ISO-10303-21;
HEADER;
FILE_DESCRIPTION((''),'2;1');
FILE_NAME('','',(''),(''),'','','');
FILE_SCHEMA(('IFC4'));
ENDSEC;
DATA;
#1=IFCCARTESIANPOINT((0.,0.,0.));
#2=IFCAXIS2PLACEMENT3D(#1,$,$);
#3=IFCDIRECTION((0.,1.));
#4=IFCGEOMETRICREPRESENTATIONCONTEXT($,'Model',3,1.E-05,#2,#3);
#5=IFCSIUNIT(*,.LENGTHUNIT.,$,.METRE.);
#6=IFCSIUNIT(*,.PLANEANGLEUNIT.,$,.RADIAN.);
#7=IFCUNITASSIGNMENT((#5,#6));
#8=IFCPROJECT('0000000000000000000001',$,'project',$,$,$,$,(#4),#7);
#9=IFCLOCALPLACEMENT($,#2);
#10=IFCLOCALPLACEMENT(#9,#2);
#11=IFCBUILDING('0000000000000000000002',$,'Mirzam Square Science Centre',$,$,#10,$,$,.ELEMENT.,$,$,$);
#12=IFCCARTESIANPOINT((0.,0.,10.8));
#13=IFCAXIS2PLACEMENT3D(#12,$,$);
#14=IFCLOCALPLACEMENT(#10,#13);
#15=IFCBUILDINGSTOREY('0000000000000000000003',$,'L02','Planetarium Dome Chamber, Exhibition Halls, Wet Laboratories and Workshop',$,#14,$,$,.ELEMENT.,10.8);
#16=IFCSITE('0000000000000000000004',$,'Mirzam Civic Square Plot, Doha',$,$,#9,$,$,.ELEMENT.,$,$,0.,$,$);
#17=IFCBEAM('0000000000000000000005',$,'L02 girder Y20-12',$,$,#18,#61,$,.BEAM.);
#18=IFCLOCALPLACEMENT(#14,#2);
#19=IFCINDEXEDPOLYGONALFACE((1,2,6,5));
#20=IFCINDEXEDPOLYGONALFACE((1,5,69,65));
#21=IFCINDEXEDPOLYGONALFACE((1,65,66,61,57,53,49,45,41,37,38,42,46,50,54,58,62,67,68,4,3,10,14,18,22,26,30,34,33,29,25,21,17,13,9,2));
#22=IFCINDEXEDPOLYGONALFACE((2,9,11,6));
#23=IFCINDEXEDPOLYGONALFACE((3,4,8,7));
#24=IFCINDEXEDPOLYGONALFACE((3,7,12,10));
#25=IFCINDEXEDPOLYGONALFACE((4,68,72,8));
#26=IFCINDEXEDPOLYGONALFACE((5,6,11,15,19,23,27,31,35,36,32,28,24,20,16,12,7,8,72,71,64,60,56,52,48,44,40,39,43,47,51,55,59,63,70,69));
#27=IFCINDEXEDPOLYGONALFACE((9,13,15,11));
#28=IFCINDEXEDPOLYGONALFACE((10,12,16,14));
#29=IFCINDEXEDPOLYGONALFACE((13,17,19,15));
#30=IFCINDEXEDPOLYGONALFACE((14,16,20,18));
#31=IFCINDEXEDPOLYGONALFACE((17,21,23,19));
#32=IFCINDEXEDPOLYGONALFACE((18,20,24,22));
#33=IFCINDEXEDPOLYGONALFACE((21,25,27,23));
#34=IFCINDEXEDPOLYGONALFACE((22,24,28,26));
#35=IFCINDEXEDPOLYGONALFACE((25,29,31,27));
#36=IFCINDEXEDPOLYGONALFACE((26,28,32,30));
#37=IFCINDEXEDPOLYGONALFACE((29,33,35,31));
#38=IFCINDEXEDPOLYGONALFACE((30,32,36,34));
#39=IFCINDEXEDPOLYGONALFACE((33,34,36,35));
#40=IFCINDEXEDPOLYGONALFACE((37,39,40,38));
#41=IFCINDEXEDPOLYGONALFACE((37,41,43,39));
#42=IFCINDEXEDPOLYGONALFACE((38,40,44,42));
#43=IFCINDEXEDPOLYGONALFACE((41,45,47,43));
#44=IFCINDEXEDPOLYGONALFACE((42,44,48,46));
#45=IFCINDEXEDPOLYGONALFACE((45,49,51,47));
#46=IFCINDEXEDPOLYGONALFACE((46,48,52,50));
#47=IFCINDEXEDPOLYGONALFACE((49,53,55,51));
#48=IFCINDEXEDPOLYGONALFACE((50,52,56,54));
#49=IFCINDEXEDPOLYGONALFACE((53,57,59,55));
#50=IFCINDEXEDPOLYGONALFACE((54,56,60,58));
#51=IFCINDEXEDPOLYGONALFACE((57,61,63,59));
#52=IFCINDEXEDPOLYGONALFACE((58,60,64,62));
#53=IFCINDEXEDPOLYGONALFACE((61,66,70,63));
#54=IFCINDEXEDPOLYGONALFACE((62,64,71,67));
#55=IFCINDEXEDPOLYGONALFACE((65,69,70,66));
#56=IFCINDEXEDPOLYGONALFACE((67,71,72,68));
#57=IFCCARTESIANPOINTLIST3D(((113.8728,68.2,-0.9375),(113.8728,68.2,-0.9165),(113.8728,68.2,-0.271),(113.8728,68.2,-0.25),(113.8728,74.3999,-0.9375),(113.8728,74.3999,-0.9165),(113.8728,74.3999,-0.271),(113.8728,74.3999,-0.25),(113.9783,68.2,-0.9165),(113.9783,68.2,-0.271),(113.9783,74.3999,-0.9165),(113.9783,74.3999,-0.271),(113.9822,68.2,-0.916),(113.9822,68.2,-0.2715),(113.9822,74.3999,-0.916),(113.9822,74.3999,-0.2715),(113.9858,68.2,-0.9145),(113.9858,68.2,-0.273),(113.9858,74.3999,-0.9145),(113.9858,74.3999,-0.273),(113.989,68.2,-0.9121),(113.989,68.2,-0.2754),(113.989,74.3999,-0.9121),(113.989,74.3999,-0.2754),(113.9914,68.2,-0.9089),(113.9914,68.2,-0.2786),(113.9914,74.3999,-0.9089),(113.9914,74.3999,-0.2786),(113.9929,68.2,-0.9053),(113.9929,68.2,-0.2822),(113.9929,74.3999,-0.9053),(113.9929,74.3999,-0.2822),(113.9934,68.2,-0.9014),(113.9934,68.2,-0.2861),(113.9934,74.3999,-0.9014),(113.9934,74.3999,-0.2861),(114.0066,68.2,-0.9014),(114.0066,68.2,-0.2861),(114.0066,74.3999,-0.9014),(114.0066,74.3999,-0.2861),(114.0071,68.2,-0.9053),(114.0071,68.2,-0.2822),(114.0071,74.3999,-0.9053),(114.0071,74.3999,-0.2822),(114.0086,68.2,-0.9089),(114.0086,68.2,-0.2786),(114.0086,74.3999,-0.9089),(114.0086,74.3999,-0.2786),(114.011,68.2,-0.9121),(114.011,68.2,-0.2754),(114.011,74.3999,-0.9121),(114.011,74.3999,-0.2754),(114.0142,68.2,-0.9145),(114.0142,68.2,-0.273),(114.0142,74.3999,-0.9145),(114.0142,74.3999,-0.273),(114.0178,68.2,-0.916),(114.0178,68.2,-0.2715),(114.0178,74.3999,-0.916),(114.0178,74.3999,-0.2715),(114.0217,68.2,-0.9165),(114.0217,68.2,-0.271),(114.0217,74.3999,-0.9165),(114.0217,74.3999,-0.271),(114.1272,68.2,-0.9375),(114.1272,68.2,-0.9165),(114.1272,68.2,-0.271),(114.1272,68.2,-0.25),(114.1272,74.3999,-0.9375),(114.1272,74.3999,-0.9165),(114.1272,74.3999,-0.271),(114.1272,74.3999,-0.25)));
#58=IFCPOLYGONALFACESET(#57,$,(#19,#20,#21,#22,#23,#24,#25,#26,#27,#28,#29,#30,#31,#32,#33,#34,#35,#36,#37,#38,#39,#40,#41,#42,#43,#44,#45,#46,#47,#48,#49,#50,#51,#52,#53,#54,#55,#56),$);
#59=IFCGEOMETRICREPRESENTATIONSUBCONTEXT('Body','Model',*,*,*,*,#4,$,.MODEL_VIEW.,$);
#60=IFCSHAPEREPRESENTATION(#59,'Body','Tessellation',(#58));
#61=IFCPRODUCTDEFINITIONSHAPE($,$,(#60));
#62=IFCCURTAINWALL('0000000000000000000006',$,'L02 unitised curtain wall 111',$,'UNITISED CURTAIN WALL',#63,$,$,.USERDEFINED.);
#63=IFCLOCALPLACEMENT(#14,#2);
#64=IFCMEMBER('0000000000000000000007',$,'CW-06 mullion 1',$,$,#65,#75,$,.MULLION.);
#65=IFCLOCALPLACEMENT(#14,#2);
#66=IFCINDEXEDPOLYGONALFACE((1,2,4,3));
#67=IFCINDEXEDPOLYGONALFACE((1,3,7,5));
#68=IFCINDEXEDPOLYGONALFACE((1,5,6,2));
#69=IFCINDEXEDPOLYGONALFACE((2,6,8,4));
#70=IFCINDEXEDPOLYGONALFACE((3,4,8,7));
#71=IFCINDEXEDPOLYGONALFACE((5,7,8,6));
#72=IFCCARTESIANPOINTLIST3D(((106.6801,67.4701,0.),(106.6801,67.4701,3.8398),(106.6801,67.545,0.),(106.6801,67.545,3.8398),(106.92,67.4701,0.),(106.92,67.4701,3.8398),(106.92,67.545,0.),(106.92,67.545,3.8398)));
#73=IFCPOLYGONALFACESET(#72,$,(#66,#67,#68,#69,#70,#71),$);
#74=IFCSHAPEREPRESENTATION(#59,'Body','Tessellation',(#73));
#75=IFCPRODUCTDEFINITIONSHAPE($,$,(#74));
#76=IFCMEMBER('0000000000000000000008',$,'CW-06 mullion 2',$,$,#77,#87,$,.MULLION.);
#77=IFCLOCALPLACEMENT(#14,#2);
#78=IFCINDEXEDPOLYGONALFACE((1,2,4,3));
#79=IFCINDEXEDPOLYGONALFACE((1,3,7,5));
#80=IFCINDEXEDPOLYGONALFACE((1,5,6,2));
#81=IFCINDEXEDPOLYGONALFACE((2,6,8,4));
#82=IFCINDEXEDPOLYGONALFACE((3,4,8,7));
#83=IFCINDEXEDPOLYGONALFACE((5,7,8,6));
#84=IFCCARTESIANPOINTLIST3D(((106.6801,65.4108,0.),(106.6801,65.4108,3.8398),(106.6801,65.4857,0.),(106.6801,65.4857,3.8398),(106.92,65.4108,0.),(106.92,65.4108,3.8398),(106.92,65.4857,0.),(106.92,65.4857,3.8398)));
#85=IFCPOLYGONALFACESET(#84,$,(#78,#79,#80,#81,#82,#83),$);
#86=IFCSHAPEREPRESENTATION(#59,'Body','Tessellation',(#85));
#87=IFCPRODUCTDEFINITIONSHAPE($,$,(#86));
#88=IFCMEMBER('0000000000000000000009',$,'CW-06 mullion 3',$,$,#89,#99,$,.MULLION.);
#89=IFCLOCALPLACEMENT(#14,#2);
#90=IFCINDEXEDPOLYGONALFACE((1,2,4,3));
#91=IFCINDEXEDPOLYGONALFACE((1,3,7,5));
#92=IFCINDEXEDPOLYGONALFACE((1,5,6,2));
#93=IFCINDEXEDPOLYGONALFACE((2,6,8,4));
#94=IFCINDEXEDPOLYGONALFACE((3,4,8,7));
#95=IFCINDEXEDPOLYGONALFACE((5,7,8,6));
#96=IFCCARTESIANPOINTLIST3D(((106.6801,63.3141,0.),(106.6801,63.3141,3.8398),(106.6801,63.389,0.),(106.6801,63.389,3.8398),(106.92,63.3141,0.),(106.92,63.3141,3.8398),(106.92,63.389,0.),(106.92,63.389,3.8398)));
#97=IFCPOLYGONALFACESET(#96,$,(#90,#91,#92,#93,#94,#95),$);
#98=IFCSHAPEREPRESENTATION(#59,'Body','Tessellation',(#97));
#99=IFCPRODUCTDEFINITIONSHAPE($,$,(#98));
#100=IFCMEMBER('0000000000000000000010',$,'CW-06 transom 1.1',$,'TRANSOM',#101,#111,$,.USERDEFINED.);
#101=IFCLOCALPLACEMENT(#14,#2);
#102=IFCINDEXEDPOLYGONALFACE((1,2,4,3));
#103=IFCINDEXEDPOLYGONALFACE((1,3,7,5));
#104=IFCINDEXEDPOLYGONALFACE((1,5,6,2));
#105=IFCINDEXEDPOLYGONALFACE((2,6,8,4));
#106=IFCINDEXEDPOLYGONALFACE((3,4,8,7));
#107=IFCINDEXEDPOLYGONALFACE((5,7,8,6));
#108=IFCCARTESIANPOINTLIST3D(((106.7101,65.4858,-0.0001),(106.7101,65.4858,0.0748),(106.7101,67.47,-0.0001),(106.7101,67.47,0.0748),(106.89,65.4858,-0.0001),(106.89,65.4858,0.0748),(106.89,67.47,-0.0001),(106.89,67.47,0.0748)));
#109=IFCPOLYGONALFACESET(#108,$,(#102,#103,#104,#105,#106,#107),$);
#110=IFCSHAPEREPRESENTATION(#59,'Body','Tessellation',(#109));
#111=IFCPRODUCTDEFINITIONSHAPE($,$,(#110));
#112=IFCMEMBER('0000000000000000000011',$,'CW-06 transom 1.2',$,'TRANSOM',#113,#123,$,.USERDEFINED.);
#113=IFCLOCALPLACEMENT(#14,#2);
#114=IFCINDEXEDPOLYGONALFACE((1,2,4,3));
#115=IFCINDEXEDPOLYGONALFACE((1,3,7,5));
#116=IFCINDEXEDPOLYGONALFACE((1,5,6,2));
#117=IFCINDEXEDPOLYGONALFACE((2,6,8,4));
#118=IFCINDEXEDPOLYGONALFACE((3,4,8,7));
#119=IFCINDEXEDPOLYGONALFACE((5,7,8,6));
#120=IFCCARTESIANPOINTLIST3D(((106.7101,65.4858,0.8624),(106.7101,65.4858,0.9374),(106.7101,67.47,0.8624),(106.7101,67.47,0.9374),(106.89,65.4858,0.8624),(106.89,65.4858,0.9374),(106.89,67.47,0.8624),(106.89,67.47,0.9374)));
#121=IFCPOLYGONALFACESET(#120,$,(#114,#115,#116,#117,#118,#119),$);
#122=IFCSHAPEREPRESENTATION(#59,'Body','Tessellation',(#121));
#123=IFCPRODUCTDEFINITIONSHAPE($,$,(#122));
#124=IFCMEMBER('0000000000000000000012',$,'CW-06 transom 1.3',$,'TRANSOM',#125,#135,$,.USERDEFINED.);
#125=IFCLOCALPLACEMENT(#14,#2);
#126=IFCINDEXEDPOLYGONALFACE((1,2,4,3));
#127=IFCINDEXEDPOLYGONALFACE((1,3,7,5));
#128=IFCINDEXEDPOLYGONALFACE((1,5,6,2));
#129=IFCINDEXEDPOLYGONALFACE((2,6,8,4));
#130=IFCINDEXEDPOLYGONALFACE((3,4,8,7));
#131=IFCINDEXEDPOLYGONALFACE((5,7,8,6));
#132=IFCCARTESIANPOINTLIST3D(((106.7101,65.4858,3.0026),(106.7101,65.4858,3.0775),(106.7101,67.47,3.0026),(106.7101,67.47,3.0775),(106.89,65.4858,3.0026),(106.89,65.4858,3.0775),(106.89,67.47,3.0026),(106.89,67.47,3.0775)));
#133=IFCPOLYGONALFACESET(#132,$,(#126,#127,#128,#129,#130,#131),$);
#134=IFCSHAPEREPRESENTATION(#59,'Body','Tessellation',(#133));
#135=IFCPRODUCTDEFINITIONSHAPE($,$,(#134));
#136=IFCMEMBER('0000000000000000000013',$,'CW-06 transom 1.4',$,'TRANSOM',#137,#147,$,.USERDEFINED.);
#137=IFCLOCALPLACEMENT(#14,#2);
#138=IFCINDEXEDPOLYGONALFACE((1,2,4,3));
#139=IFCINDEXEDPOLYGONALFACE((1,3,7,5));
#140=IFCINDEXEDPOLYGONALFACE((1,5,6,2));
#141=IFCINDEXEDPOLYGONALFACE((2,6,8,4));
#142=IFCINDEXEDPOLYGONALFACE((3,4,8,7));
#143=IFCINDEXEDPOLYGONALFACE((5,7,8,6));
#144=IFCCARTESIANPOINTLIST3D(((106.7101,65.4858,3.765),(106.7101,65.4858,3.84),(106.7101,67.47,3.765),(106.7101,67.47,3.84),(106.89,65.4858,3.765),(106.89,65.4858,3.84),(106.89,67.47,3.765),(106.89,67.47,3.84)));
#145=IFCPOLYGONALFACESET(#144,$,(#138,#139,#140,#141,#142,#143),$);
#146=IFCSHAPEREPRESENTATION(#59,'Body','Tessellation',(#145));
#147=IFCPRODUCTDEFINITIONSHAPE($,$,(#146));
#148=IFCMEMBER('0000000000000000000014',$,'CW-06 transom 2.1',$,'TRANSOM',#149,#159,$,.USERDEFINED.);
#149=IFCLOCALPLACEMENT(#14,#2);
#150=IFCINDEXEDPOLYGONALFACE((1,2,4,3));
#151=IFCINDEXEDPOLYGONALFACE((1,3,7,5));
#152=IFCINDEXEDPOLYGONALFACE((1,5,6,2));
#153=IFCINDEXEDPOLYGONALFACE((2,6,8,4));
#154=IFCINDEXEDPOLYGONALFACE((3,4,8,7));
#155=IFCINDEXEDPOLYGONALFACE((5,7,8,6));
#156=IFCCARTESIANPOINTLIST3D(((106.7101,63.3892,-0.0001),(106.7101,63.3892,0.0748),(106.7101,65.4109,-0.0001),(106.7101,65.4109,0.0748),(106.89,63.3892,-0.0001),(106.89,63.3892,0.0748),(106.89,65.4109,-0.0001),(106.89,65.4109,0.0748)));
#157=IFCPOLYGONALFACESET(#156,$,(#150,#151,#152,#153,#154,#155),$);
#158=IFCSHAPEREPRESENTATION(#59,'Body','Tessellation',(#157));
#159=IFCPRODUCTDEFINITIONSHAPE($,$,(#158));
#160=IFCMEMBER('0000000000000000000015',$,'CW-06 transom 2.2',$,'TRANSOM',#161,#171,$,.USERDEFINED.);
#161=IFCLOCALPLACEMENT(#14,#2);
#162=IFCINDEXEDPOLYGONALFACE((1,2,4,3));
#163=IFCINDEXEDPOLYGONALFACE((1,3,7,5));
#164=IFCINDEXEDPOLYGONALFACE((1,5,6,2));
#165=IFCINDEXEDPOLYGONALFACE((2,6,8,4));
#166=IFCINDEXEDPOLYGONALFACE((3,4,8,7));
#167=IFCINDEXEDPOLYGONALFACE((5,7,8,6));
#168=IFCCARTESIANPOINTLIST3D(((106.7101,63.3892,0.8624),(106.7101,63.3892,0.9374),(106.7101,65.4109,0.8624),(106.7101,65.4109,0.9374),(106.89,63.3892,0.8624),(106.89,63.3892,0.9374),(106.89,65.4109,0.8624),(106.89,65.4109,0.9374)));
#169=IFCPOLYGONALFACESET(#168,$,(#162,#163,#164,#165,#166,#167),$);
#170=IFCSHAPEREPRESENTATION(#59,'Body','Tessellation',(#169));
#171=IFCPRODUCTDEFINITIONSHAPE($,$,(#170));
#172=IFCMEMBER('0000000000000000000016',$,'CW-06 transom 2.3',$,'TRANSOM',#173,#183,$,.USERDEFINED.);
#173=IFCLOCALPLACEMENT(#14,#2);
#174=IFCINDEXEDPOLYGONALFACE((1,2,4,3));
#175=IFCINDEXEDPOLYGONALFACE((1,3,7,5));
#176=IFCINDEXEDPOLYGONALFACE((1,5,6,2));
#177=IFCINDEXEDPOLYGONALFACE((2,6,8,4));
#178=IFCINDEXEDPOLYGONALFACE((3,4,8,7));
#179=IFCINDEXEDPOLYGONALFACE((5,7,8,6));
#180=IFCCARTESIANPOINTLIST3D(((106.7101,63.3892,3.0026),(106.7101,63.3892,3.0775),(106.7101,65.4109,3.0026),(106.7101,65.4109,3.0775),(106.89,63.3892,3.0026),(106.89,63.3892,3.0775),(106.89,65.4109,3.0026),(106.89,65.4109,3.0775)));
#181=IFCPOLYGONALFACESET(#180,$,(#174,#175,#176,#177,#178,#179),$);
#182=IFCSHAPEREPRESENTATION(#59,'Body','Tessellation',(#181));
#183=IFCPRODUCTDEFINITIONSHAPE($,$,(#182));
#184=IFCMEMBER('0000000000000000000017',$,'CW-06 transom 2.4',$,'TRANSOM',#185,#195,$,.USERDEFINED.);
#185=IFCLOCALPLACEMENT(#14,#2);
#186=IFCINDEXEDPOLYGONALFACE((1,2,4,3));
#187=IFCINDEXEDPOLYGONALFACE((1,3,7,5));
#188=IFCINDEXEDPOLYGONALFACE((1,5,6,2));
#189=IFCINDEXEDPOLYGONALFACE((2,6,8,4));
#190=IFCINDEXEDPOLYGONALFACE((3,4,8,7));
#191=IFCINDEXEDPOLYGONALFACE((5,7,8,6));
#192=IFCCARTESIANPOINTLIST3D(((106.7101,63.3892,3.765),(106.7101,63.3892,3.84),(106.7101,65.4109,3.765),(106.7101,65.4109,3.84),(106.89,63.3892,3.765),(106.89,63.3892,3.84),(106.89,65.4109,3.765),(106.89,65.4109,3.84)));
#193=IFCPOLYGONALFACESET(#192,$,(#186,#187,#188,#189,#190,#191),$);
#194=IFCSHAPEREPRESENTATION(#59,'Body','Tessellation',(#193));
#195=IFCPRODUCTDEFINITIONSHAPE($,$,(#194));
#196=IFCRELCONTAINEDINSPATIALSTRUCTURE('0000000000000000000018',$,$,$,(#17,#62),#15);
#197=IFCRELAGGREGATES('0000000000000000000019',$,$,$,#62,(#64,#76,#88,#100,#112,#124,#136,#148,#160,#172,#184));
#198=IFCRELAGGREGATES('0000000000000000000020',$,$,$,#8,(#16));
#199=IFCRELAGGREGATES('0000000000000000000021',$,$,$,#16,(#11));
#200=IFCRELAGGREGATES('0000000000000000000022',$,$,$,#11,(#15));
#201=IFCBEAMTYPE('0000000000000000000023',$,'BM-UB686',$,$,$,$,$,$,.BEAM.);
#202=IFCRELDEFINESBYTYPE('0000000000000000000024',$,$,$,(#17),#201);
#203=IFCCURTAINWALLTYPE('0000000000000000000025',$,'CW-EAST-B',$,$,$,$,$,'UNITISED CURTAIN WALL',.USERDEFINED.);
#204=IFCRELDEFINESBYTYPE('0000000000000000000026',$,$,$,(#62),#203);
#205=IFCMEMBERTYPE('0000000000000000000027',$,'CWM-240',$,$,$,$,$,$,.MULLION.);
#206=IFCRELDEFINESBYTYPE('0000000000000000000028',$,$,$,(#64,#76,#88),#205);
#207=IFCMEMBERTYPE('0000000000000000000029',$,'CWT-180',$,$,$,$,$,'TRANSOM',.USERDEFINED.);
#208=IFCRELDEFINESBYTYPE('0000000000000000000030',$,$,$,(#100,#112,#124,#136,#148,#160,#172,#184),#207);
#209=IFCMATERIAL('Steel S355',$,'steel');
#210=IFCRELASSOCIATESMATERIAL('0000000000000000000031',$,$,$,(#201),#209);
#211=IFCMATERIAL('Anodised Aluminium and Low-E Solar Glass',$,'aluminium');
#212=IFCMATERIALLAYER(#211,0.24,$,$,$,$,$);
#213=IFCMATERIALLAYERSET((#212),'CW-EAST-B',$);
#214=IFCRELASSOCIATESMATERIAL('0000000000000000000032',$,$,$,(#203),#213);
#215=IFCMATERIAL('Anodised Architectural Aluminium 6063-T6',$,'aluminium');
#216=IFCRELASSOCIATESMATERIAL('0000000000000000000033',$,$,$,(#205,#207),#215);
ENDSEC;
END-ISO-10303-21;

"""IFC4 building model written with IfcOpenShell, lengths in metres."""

from ifc_helpers import new_model, si_unit, direction, frame, origin, origin_2d, place, context, subcontext, project, spatial, rectangle, i_section, extrude, material, layer, layer_set, material_profile, profile_set, type_object, element, aggregate, save


model = new_model("IFC4")

# Units and contexts
model_context = context("Model", 3, precision=1e-05, world=origin(), true_north=direction((0.0, 1.0)))
body_context = subcontext(model_context, "Body", "Model", "MODEL_VIEW")
ifc_project = project(units=[si_unit("LENGTHUNIT", "METRE"), si_unit("PLANEANGLEUNIT", "RADIAN")], contexts=[model_context])

# Site, building, storey
site_placement = place(None, origin())
site = spatial("IfcSite", under=ifc_project, at=site_placement, Name="Mirzam Civic Square Plot, Doha", CompositionType="ELEMENT", RefElevation=0.0)
building_placement = place(site_placement, origin())
building = spatial("IfcBuilding", under=site, at=building_placement, Name="Mirzam Square Science Centre", CompositionType="ELEMENT")
storey_placement = place(building_placement, frame((0.0, 0.0, 10.8)))
storey = spatial("IfcBuildingStorey", under=building, at=storey_placement, Name="L02", Description="Planetarium Dome Chamber, Exhibition Halls, Wet Laboratories and Workshop", CompositionType="ELEMENT", Elevation=10.8)

# Shared definitions
ifc_material_1 = material(Name="Steel S355", Category="steel")

# Beam
ifc_material_profile_1 = material_profile(ifc_material_1, i_section(OverallWidth=0.2544, OverallDepth=0.6875, WebThickness=0.0132, FlangeThickness=0.021, FilletRadius=0.0151, at=origin_2d()), Name="686x254x152UB")
ifc_profile_set_1 = profile_set([ifc_material_profile_1], Name="Steel S355")
beam_type_1 = type_object("IfcBeamType", Name="BM-UB686", PredefinedType="BEAM", material=ifc_profile_set_1)
beam_1_placement = place(storey_placement, frame((114.0, 68.2, -0.5938), z_axis=(0.0, 1.0, 0.0), x_axis=(-1.0, 0.0, 0.0)))
element("IfcBeam", 1, at=beam_1_placement, inside=storey, type_object=beam_type_1, Name="L02 girder Y20-12", PredefinedType="BEAM", context=body_context, shape_type="SweptSolid", body=[
    extrude(i_section(OverallWidth=0.2544, OverallDepth=0.6875, WebThickness=0.0132, FlangeThickness=0.021, FilletRadius=0.0151, at=origin_2d()), origin(), (0.0, 0.0, 1.0), 6.2),
])

# Curtain wall, members
ifc_material_2 = material(Name="Anodised Aluminium and Low-E Solar Glass", Category="aluminium")
ifc_layer_1 = layer(ifc_material_2, 0.24)
ifc_layer_set_1 = layer_set([ifc_layer_1], Name="CW-EAST-B")
curtain_wall_type = type_object("IfcCurtainWallType", Name="CW-EAST-B", ElementType="UNITISED CURTAIN WALL", PredefinedType="USERDEFINED", material=ifc_layer_set_1)
curtain_wall_placement = place(storey_placement, origin())
curtain_wall = element("IfcCurtainWall", 2, at=curtain_wall_placement, inside=storey, type_object=curtain_wall_type, Name="L02 unitised curtain wall 111", ObjectType="UNITISED CURTAIN WALL", PredefinedType="USERDEFINED")
ifc_material_3 = material(Name="Anodised Architectural Aluminium 6063-T6", Category="aluminium")
ifc_material_profile_2 = material_profile(ifc_material_3, rectangle(XDim=0.075, YDim=0.24, at=origin_2d()), Name="ALU-MULL-240x75x5")
ifc_profile_set_2 = profile_set([ifc_material_profile_2], Name="Anodised Architectural Aluminium 6063-T6")
member_type_1 = type_object("IfcMemberType", Name="CWM-240", PredefinedType="MULLION", material=ifc_profile_set_2)
member_1_placement = place(storey_placement, frame((106.8, 67.5076, 0.0), z_axis=(0.0, 0.0, 1.0), x_axis=(0.0, -1.0, 0.0)))
member_1 = element("IfcMember", 3, at=member_1_placement, type_object=member_type_1, Name="CW-06 mullion 1", PredefinedType="MULLION", context=body_context, shape_type="SweptSolid", body=[
    extrude(rectangle(XDim=0.075, YDim=0.24, at=origin_2d()), origin(), (0.0, 0.0, 1.0), 3.8398),
])
member_2_placement = place(storey_placement, frame((106.8, 65.4482, 0.0), z_axis=(0.0, 0.0, 1.0), x_axis=(0.0, -1.0, 0.0)))
member_2 = element("IfcMember", 4, at=member_2_placement, type_object=member_type_1, Name="CW-06 mullion 2", PredefinedType="MULLION", context=body_context, shape_type="SweptSolid", body=[
    extrude(rectangle(XDim=0.075, YDim=0.24, at=origin_2d()), origin(), (0.0, 0.0, 1.0), 3.8398),
])
member_3_placement = place(storey_placement, frame((106.8, 63.3516, 0.0), z_axis=(0.0, 0.0, 1.0), x_axis=(0.0, -1.0, 0.0)))
member_3 = element("IfcMember", 5, at=member_3_placement, type_object=member_type_1, Name="CW-06 mullion 3", PredefinedType="MULLION", context=body_context, shape_type="SweptSolid", body=[
    extrude(rectangle(XDim=0.075, YDim=0.24, at=origin_2d()), origin(), (0.0, 0.0, 1.0), 3.8398),
])
ifc_material_profile_3 = material_profile(ifc_material_3, rectangle(XDim=0.1799, YDim=0.075, at=origin_2d()), Name="ALU-TRAN-180x75x5")
ifc_profile_set_3 = profile_set([ifc_material_profile_3], Name="Anodised Architectural Aluminium 6063-T6")
member_type_2 = type_object("IfcMemberType", Name="CWT-180", ElementType="TRANSOM", PredefinedType="USERDEFINED", material=ifc_profile_set_3)
member_4_placement = place(storey_placement, frame((106.8, 67.47, 0.0374), z_axis=(0.0, -1.0, 0.0), x_axis=(1.0, 0.0, 0.0)))
member_4 = element("IfcMember", 6, at=member_4_placement, type_object=member_type_2, Name="CW-06 transom 1.1", ObjectType="TRANSOM", PredefinedType="USERDEFINED", context=body_context, shape_type="SweptSolid", body=[
    extrude(rectangle(XDim=0.1799, YDim=0.075, at=origin_2d()), origin(), (0.0, 0.0, 1.0), 1.9841),
])
member_5_placement = place(storey_placement, frame((106.8, 67.47, 0.8999), z_axis=(0.0, -1.0, 0.0), x_axis=(1.0, 0.0, 0.0)))
member_5 = element("IfcMember", 7, at=member_5_placement, type_object=member_type_2, Name="CW-06 transom 1.2", ObjectType="TRANSOM", PredefinedType="USERDEFINED", context=body_context, shape_type="SweptSolid", body=[
    extrude(rectangle(XDim=0.1799, YDim=0.075, at=origin_2d()), origin(), (0.0, 0.0, 1.0), 1.9841),
])
member_6_placement = place(storey_placement, frame((106.8, 67.47, 3.04), z_axis=(0.0, -1.0, 0.0), x_axis=(1.0, 0.0, 0.0)))
member_6 = element("IfcMember", 8, at=member_6_placement, type_object=member_type_2, Name="CW-06 transom 1.3", ObjectType="TRANSOM", PredefinedType="USERDEFINED", context=body_context, shape_type="SweptSolid", body=[
    extrude(rectangle(XDim=0.1799, YDim=0.075, at=origin_2d()), origin(), (0.0, 0.0, 1.0), 1.9841),
])
member_7_placement = place(storey_placement, frame((106.8, 67.47, 3.8025), z_axis=(0.0, -1.0, 0.0), x_axis=(1.0, 0.0, 0.0)))
member_7 = element("IfcMember", 9, at=member_7_placement, type_object=member_type_2, Name="CW-06 transom 1.4", ObjectType="TRANSOM", PredefinedType="USERDEFINED", context=body_context, shape_type="SweptSolid", body=[
    extrude(rectangle(XDim=0.1799, YDim=0.075, at=origin_2d()), origin(), (0.0, 0.0, 1.0), 1.9841),
])
member_8_placement = place(storey_placement, frame((106.8, 65.4109, 0.0374), z_axis=(0.0, -1.0, 0.0), x_axis=(1.0, 0.0, 0.0)))
member_8 = element("IfcMember", 10, at=member_8_placement, type_object=member_type_2, Name="CW-06 transom 2.1", ObjectType="TRANSOM", PredefinedType="USERDEFINED", context=body_context, shape_type="SweptSolid", body=[
    extrude(rectangle(XDim=0.1799, YDim=0.075, at=origin_2d()), origin(), (0.0, 0.0, 1.0), 2.0217),
])
member_9_placement = place(storey_placement, frame((106.8, 65.4109, 0.8999), z_axis=(0.0, -1.0, 0.0), x_axis=(1.0, 0.0, 0.0)))
member_9 = element("IfcMember", 11, at=member_9_placement, type_object=member_type_2, Name="CW-06 transom 2.2", ObjectType="TRANSOM", PredefinedType="USERDEFINED", context=body_context, shape_type="SweptSolid", body=[
    extrude(rectangle(XDim=0.1799, YDim=0.075, at=origin_2d()), origin(), (0.0, 0.0, 1.0), 2.0217),
])
member_10_placement = place(storey_placement, frame((106.8, 65.4109, 3.04), z_axis=(0.0, -1.0, 0.0), x_axis=(1.0, 0.0, 0.0)))
member_10 = element("IfcMember", 12, at=member_10_placement, type_object=member_type_2, Name="CW-06 transom 2.3", ObjectType="TRANSOM", PredefinedType="USERDEFINED", context=body_context, shape_type="SweptSolid", body=[
    extrude(rectangle(XDim=0.1799, YDim=0.075, at=origin_2d()), origin(), (0.0, 0.0, 1.0), 2.0217),
])
member_11_placement = place(storey_placement, frame((106.8, 65.4109, 3.8025), z_axis=(0.0, -1.0, 0.0), x_axis=(1.0, 0.0, 0.0)))
member_11 = element("IfcMember", 13, at=member_11_placement, type_object=member_type_2, Name="CW-06 transom 2.4", ObjectType="TRANSOM", PredefinedType="USERDEFINED", context=body_context, shape_type="SweptSolid", body=[
    extrude(rectangle(XDim=0.1799, YDim=0.075, at=origin_2d()), origin(), (0.0, 0.0, 1.0), 2.0217),
])

aggregate(curtain_wall, [member_1, member_2, member_3, member_4, member_5, member_6, member_7, member_8, member_9, member_10, member_11])

save(model, "model.ifc")
